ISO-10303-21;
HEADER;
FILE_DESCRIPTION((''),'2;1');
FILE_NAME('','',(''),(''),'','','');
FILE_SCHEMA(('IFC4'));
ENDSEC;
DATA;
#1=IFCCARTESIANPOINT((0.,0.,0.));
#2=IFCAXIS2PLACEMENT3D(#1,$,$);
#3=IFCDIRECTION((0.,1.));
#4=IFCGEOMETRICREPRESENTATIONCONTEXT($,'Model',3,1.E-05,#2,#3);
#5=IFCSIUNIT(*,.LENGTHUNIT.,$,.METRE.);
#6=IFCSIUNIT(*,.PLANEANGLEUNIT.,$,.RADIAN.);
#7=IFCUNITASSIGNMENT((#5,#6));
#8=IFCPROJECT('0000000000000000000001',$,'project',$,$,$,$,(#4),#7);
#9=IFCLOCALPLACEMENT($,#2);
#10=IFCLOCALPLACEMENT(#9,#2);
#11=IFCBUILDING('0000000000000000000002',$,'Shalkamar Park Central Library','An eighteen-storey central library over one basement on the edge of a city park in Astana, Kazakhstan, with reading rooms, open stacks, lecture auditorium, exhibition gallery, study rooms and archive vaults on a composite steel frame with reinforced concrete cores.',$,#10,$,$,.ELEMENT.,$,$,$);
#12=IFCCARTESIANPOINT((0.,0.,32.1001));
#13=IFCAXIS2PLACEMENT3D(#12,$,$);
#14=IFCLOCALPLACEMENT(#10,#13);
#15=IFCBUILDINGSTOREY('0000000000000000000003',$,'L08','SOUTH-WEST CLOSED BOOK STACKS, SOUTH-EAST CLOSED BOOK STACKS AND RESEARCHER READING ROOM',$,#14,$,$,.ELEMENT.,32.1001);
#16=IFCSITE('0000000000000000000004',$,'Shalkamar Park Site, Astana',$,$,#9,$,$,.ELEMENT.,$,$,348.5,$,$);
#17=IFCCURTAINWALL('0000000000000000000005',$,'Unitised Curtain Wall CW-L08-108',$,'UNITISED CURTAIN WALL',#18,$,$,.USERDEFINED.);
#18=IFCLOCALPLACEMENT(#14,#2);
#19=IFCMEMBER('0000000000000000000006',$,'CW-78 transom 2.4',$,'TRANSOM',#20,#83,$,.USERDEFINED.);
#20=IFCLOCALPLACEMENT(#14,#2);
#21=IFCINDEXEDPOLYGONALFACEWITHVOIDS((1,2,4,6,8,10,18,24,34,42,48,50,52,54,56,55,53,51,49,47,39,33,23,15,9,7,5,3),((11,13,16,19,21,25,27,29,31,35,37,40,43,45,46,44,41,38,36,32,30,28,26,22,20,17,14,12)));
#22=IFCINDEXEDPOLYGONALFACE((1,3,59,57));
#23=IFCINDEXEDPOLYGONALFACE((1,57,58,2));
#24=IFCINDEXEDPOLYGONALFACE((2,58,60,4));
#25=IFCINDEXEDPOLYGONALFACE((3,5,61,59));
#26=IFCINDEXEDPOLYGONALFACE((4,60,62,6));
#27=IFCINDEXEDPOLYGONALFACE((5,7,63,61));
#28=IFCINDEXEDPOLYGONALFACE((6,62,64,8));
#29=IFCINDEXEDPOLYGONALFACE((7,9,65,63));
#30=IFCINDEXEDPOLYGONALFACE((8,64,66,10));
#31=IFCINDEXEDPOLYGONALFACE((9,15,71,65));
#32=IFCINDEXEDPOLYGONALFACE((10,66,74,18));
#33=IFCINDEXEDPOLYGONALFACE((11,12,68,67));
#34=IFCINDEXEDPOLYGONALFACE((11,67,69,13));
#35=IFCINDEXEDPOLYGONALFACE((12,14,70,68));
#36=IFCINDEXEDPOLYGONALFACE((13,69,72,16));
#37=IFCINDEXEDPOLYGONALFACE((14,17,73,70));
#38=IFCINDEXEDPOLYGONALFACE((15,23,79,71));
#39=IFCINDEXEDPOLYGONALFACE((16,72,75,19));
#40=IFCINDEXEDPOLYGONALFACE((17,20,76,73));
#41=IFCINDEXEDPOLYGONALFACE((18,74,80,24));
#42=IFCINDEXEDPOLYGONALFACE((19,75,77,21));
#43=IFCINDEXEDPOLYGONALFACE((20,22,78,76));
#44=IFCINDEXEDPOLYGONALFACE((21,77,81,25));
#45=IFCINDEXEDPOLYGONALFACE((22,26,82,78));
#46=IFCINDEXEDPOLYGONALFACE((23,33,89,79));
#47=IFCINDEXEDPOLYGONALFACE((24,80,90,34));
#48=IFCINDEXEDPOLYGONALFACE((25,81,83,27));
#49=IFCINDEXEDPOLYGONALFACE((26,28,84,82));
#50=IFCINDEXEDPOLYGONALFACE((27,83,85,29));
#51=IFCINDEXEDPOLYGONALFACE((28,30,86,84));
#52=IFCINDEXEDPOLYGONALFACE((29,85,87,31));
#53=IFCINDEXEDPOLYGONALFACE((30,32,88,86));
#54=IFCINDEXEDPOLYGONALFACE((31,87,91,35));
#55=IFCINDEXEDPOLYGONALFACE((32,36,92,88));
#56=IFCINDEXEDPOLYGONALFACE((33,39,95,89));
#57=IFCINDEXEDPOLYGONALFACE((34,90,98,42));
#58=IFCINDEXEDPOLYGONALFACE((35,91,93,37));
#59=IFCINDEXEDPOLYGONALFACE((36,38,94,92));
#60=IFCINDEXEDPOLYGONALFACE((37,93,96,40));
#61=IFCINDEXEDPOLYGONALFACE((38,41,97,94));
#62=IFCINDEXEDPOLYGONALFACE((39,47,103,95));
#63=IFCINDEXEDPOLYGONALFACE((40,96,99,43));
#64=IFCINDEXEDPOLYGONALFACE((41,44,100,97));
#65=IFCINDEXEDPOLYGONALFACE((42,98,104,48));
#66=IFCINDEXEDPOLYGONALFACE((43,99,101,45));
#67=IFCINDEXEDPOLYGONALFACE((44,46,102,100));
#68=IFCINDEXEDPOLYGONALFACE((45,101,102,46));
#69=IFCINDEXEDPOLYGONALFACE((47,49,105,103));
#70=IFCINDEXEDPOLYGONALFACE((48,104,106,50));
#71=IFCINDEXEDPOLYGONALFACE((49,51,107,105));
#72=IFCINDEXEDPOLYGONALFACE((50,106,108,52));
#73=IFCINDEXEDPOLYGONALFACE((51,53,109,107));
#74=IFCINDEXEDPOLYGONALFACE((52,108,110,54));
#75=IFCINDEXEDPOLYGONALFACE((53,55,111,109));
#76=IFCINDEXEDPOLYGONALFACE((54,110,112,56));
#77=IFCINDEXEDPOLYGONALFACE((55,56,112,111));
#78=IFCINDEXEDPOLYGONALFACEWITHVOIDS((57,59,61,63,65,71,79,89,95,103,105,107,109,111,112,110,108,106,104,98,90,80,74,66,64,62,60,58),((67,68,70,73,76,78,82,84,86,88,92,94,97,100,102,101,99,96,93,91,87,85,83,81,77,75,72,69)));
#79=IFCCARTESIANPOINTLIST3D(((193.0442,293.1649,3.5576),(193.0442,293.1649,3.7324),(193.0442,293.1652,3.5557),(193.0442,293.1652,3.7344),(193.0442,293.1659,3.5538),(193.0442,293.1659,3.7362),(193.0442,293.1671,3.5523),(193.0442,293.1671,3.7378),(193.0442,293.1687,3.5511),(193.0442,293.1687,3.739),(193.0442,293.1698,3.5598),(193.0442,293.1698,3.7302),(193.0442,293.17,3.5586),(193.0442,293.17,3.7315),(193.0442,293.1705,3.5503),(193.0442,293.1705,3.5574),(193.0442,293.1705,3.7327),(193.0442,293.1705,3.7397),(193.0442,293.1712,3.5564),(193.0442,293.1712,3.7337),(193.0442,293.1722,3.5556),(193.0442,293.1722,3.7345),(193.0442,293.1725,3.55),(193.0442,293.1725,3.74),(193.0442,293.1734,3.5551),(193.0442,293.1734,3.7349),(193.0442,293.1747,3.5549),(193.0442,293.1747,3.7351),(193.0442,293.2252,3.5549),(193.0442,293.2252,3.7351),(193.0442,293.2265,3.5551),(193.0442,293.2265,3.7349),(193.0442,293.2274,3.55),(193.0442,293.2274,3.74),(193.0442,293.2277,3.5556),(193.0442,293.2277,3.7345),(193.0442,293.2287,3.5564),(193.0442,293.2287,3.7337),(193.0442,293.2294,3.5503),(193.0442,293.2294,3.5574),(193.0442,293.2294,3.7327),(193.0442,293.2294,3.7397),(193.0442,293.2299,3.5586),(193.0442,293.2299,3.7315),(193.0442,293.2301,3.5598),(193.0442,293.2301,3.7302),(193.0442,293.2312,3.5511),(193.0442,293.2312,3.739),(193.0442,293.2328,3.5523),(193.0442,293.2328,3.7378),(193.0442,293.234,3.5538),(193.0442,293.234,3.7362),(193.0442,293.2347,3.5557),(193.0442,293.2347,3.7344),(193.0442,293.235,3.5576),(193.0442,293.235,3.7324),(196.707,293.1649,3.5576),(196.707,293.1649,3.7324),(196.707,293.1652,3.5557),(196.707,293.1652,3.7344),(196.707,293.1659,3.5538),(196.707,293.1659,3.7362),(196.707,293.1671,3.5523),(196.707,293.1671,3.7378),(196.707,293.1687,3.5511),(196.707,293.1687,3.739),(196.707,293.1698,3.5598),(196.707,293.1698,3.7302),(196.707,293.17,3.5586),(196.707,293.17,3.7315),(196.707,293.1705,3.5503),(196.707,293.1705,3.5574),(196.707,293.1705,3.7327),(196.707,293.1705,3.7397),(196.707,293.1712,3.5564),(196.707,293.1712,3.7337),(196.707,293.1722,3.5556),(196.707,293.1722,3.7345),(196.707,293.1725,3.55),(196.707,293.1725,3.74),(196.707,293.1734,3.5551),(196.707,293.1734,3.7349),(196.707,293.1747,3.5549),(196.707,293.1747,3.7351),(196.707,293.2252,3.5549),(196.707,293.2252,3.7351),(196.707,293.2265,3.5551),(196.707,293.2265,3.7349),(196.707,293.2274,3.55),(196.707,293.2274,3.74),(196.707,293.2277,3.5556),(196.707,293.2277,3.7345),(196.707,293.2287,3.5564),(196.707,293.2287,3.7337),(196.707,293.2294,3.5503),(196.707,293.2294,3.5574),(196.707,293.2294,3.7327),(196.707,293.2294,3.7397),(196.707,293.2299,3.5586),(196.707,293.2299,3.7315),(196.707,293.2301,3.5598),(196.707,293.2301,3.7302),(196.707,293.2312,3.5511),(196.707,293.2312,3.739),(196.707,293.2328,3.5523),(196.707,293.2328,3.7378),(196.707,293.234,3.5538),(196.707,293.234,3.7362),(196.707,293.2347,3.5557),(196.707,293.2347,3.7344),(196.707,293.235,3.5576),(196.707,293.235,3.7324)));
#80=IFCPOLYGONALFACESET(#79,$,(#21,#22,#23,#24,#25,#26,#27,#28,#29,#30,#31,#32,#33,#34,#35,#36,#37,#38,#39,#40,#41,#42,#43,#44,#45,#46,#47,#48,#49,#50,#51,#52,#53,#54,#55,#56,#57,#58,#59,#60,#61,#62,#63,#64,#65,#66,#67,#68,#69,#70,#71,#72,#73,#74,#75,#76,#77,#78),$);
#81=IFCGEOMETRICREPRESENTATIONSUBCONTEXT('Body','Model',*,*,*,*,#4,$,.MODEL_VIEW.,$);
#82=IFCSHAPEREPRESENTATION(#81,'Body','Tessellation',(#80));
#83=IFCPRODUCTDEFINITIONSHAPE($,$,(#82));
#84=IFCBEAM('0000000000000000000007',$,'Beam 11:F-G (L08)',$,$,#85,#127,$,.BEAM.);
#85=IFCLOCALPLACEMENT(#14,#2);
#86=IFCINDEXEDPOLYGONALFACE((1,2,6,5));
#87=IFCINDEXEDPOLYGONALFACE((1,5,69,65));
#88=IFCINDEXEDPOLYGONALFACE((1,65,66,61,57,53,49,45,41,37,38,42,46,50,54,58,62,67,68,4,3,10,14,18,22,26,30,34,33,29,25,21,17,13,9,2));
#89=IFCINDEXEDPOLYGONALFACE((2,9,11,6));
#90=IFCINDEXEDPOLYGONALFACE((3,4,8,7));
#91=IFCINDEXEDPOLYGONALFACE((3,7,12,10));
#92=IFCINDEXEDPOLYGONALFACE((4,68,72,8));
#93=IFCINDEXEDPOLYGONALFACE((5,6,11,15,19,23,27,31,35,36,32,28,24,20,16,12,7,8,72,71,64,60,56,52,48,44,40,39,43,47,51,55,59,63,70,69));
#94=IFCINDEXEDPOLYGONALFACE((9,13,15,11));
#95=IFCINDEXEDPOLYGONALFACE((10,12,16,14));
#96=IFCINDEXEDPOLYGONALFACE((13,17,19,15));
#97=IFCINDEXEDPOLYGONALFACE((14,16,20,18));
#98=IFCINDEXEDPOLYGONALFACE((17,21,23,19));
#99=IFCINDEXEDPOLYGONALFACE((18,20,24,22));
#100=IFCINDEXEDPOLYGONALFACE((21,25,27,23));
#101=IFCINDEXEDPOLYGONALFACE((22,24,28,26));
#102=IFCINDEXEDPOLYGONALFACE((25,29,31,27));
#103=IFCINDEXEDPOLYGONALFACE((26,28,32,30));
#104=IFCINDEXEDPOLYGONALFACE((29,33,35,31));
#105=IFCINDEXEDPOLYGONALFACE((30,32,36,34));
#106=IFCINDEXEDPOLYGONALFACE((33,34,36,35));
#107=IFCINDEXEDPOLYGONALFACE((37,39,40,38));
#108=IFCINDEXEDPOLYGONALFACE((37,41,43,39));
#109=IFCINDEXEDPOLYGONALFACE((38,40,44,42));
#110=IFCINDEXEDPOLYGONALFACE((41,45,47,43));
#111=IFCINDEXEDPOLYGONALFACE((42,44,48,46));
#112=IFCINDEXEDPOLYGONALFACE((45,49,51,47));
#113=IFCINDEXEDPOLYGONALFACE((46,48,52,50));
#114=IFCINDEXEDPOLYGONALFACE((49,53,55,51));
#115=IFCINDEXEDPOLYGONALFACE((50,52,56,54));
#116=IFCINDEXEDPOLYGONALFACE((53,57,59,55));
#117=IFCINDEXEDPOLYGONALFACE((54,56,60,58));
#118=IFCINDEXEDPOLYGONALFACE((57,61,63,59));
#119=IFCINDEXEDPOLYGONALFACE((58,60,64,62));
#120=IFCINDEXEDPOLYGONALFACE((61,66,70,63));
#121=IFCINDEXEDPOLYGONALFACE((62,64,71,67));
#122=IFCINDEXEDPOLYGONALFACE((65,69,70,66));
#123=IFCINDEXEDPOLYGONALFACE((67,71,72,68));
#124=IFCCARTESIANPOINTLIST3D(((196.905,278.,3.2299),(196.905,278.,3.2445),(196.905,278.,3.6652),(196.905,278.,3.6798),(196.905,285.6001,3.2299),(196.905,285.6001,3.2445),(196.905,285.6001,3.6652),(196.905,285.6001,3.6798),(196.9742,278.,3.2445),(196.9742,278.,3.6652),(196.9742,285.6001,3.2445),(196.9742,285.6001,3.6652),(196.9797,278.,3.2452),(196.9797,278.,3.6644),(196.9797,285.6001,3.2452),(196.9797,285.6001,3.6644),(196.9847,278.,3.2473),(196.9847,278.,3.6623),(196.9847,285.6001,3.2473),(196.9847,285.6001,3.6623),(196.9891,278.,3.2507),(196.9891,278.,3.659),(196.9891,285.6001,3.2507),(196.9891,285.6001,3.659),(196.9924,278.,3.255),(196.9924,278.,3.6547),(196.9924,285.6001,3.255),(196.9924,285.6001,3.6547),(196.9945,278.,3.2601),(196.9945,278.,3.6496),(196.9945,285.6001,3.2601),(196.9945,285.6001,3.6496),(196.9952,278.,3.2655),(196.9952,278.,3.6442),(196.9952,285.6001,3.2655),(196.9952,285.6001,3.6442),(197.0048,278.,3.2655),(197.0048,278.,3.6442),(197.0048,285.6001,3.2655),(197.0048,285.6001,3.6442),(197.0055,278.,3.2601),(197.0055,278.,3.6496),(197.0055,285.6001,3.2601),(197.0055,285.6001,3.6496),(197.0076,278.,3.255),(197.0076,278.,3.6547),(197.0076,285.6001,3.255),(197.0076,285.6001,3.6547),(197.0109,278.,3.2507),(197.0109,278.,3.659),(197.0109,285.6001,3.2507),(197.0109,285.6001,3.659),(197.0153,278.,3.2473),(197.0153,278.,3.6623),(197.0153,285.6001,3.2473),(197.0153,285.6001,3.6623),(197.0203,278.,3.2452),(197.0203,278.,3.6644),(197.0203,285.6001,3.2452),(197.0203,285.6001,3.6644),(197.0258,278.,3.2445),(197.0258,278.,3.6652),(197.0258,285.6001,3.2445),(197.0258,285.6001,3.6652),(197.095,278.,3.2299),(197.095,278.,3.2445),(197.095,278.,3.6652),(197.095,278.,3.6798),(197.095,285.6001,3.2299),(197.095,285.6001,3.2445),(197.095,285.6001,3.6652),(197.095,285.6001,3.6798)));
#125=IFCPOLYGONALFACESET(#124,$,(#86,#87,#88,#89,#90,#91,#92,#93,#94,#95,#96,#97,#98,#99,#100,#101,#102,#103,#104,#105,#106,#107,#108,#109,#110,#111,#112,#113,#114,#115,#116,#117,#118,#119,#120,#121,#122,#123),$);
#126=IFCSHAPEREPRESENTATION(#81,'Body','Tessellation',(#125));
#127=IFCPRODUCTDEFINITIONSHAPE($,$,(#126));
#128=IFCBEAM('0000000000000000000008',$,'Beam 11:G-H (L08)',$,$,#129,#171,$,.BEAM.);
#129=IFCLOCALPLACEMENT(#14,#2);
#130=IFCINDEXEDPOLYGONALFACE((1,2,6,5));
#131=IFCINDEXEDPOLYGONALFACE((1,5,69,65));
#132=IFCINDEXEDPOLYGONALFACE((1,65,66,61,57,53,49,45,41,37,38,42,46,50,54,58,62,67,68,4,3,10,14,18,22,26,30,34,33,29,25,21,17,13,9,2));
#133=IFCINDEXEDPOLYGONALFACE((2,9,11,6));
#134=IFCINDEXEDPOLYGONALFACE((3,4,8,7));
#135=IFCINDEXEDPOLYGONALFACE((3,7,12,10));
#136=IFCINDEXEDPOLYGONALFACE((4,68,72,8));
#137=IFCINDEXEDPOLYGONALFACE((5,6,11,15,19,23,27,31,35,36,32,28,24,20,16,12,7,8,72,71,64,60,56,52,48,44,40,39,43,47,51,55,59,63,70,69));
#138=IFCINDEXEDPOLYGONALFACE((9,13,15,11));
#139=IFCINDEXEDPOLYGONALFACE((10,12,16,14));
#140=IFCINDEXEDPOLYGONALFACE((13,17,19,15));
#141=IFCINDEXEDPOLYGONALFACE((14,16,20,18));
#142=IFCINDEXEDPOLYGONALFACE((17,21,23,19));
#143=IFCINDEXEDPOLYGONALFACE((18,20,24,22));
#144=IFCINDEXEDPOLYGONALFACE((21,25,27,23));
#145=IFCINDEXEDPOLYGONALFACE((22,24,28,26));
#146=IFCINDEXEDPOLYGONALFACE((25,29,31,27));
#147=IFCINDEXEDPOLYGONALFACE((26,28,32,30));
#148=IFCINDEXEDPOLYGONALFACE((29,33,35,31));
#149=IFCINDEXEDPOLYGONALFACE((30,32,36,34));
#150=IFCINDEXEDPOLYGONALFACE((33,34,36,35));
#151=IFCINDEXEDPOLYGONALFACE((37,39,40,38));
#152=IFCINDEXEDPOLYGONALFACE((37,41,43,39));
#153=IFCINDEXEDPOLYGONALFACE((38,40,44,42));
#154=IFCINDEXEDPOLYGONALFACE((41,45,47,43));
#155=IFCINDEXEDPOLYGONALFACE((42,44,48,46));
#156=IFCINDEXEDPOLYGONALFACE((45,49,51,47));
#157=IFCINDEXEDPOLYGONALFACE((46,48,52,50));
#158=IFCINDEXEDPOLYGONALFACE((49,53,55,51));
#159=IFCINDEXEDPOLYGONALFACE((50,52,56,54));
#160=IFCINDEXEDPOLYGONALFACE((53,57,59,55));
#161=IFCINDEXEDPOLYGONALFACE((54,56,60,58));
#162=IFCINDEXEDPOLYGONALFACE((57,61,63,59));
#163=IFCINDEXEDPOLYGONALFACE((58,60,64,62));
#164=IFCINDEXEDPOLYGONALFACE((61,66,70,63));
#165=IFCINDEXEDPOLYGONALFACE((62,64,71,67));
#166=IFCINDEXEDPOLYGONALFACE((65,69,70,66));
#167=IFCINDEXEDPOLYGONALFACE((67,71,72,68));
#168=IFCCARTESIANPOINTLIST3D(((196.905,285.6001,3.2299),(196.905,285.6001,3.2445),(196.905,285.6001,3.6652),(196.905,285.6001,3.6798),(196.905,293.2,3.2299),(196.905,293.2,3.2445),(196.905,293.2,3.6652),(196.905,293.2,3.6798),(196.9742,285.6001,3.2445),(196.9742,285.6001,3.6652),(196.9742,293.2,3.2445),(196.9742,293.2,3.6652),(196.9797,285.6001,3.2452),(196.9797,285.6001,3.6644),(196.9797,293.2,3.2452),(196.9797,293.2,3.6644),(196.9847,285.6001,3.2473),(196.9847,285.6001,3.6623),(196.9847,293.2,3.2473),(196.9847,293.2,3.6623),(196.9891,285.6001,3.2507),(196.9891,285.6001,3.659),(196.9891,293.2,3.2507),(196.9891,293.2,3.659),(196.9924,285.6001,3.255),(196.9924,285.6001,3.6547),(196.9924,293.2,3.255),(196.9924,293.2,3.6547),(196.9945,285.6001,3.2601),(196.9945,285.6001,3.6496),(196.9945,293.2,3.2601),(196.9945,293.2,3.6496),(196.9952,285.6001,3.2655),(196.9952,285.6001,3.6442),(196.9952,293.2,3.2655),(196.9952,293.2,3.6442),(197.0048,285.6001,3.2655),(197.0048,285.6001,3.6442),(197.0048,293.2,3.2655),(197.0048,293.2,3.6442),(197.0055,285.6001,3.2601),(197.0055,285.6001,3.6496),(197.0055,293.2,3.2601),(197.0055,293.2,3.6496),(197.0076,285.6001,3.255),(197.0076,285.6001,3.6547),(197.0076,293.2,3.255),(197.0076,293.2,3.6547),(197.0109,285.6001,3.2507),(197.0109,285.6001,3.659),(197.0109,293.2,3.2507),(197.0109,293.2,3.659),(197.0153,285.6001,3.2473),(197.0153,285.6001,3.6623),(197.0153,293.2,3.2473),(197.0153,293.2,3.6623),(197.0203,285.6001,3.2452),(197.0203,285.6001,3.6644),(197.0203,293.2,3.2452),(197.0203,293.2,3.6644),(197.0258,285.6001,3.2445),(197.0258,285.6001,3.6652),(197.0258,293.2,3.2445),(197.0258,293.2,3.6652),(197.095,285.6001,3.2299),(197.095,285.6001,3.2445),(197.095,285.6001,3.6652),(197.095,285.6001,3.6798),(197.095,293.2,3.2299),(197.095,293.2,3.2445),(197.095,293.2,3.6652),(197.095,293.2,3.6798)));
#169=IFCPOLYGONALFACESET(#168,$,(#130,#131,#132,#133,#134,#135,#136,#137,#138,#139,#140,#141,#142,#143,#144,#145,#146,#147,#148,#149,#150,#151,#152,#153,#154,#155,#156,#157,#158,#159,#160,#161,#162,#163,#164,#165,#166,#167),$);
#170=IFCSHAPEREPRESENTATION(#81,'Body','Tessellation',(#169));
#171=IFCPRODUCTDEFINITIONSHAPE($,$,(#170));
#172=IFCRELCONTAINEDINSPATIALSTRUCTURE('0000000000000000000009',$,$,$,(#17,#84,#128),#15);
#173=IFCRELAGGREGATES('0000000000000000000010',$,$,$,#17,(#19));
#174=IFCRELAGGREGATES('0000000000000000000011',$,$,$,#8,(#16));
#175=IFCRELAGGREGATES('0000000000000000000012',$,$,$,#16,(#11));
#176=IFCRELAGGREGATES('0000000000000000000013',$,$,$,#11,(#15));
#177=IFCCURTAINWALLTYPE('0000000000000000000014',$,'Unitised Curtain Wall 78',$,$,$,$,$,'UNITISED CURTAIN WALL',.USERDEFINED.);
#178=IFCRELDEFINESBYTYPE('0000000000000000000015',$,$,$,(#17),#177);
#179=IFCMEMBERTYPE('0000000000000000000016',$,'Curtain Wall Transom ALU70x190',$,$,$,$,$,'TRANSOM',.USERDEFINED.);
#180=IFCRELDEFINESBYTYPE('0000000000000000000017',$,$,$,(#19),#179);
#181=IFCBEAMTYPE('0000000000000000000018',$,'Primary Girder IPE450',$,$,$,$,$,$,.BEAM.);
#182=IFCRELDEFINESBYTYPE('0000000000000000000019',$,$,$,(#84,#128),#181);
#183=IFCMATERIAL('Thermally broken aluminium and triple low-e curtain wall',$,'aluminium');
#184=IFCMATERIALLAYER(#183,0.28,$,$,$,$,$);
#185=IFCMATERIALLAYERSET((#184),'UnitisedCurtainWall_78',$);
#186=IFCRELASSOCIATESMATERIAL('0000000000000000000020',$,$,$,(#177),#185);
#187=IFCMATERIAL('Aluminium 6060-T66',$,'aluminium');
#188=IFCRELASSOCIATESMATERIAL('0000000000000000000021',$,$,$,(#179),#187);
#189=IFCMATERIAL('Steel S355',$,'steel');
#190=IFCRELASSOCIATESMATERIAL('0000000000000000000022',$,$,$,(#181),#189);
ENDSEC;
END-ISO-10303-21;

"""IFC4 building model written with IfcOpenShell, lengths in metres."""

from ifc_helpers import new_model, si_unit, direction, frame, origin, origin_2d, place, context, subcontext, project, spatial, hollow_rectangle, i_section, extrude, material, layer, layer_set, material_profile, profile_set, type_object, element, aggregate, save


model = new_model("IFC4")

# Units and contexts
model_context = context("Model", 3, precision=1e-05, world=origin(), true_north=direction((0.0, 1.0)))
body_context = subcontext(model_context, "Body", "Model", "MODEL_VIEW")
ifc_project = project(units=[si_unit("LENGTHUNIT", "METRE"), si_unit("PLANEANGLEUNIT", "RADIAN")], contexts=[model_context])

# Site, building, storey
site_placement = place(None, origin())
site = spatial("IfcSite", under=ifc_project, at=site_placement, Name="Shalkamar Park Site, Astana", CompositionType="ELEMENT", RefElevation=348.5)
building_placement = place(site_placement, origin())
building = spatial("IfcBuilding", under=site, at=building_placement, Name="Shalkamar Park Central Library", Description="An eighteen-storey central library over one basement on the edge of a city park in Astana, Kazakhstan, with reading rooms, open stacks, lecture auditorium, exhibition gallery, study rooms and archive vaults on a composite steel frame with reinforced concrete cores.", CompositionType="ELEMENT")
storey_placement = place(building_placement, frame((0.0, 0.0, 32.1001)))
storey = spatial("IfcBuildingStorey", under=building, at=storey_placement, Name="L08", Description="SOUTH-WEST CLOSED BOOK STACKS, SOUTH-EAST CLOSED BOOK STACKS AND RESEARCHER READING ROOM", CompositionType="ELEMENT", Elevation=32.1001)

# Shared definitions
ifc_material_1 = material(Name="Steel S355", Category="steel")

# Curtain wall, member
ifc_material_2 = material(Name="Thermally broken aluminium and triple low-e curtain wall", Category="aluminium")
ifc_layer_1 = layer(ifc_material_2, 0.28)
ifc_layer_set_1 = layer_set([ifc_layer_1], Name="UnitisedCurtainWall_78")
curtain_wall_type = type_object("IfcCurtainWallType", Name="Unitised Curtain Wall 78", ElementType="UNITISED CURTAIN WALL", PredefinedType="USERDEFINED", material=ifc_layer_set_1)
curtain_wall_placement = place(storey_placement, origin())
curtain_wall = element("IfcCurtainWall", 1, at=curtain_wall_placement, inside=storey, type_object=curtain_wall_type, Name="Unitised Curtain Wall CW-L08-108", ObjectType="UNITISED CURTAIN WALL", PredefinedType="USERDEFINED")
ifc_material_3 = material(Name="Aluminium 6060-T66", Category="aluminium")
ifc_material_profile_1 = material_profile(ifc_material_3, hollow_rectangle(XDim=0.0701, YDim=0.1899, WallThickness=0.0049, InnerFilletRadius=0.0049, OuterFilletRadius=0.0076, at=origin_2d()), Name="ALU 70x190x5")
ifc_profile_set_1 = profile_set([ifc_material_profile_1], Name="Aluminium 6060-T66")
member_type = type_object("IfcMemberType", Name="Curtain Wall Transom ALU70x190", ElementType="TRANSOM", PredefinedType="USERDEFINED", material=ifc_profile_set_1)
member_1_placement = place(storey_placement, frame((193.0442, 293.2, 3.645), z_axis=(1.0, 0.0, 0.0), x_axis=(0.0, 1.0, 0.0)))
member_1 = element("IfcMember", 2, at=member_1_placement, type_object=member_type, Name="CW-78 transom 2.4", ObjectType="TRANSOM", PredefinedType="USERDEFINED", context=body_context, shape_type="SweptSolid", body=[
    extrude(hollow_rectangle(XDim=0.0701, YDim=0.1899, WallThickness=0.0049, InnerFilletRadius=0.0049, OuterFilletRadius=0.0076, at=origin_2d()), origin(), (0.0, 0.0, 1.0), 3.6628),
])

# Beams
ifc_material_profile_2 = material_profile(ifc_material_1, i_section(OverallWidth=0.1899, OverallDepth=0.45, WebThickness=0.0095, FlangeThickness=0.0146, FilletRadius=0.021, at=origin_2d()), Name="IPE 450")
ifc_profile_set_2 = profile_set([ifc_material_profile_2], Name="Steel S355")
beam_type_1 = type_object("IfcBeamType", Name="Primary Girder IPE450", PredefinedType="BEAM", material=ifc_profile_set_2)
beam_1_placement = place(storey_placement, frame((197.0, 278.0, 3.4548), z_axis=(0.0, 1.0, 0.0), x_axis=(-1.0, 0.0, 0.0)))
element("IfcBeam", 3, at=beam_1_placement, inside=storey, type_object=beam_type_1, Name="Beam 11:F-G (L08)", PredefinedType="BEAM", context=body_context, shape_type="SweptSolid", body=[
    extrude(i_section(OverallWidth=0.1899, OverallDepth=0.45, WebThickness=0.0095, FlangeThickness=0.0146, FilletRadius=0.021, at=origin_2d()), origin(), (0.0, 0.0, 1.0), 7.6001),
])
beam_2_placement = place(storey_placement, frame((197.0, 285.6001, 3.4548), z_axis=(0.0, 1.0, 0.0), x_axis=(-1.0, 0.0, 0.0)))
element("IfcBeam", 4, at=beam_2_placement, inside=storey, type_object=beam_type_1, Name="Beam 11:G-H (L08)", PredefinedType="BEAM", context=body_context, shape_type="SweptSolid", body=[
    extrude(i_section(OverallWidth=0.1899, OverallDepth=0.45, WebThickness=0.0095, FlangeThickness=0.0146, FilletRadius=0.021, at=origin_2d()), origin(), (0.0, 0.0, 1.0), 7.5999),
])

aggregate(curtain_wall, [member_1])

save(model, "model.ifc")
